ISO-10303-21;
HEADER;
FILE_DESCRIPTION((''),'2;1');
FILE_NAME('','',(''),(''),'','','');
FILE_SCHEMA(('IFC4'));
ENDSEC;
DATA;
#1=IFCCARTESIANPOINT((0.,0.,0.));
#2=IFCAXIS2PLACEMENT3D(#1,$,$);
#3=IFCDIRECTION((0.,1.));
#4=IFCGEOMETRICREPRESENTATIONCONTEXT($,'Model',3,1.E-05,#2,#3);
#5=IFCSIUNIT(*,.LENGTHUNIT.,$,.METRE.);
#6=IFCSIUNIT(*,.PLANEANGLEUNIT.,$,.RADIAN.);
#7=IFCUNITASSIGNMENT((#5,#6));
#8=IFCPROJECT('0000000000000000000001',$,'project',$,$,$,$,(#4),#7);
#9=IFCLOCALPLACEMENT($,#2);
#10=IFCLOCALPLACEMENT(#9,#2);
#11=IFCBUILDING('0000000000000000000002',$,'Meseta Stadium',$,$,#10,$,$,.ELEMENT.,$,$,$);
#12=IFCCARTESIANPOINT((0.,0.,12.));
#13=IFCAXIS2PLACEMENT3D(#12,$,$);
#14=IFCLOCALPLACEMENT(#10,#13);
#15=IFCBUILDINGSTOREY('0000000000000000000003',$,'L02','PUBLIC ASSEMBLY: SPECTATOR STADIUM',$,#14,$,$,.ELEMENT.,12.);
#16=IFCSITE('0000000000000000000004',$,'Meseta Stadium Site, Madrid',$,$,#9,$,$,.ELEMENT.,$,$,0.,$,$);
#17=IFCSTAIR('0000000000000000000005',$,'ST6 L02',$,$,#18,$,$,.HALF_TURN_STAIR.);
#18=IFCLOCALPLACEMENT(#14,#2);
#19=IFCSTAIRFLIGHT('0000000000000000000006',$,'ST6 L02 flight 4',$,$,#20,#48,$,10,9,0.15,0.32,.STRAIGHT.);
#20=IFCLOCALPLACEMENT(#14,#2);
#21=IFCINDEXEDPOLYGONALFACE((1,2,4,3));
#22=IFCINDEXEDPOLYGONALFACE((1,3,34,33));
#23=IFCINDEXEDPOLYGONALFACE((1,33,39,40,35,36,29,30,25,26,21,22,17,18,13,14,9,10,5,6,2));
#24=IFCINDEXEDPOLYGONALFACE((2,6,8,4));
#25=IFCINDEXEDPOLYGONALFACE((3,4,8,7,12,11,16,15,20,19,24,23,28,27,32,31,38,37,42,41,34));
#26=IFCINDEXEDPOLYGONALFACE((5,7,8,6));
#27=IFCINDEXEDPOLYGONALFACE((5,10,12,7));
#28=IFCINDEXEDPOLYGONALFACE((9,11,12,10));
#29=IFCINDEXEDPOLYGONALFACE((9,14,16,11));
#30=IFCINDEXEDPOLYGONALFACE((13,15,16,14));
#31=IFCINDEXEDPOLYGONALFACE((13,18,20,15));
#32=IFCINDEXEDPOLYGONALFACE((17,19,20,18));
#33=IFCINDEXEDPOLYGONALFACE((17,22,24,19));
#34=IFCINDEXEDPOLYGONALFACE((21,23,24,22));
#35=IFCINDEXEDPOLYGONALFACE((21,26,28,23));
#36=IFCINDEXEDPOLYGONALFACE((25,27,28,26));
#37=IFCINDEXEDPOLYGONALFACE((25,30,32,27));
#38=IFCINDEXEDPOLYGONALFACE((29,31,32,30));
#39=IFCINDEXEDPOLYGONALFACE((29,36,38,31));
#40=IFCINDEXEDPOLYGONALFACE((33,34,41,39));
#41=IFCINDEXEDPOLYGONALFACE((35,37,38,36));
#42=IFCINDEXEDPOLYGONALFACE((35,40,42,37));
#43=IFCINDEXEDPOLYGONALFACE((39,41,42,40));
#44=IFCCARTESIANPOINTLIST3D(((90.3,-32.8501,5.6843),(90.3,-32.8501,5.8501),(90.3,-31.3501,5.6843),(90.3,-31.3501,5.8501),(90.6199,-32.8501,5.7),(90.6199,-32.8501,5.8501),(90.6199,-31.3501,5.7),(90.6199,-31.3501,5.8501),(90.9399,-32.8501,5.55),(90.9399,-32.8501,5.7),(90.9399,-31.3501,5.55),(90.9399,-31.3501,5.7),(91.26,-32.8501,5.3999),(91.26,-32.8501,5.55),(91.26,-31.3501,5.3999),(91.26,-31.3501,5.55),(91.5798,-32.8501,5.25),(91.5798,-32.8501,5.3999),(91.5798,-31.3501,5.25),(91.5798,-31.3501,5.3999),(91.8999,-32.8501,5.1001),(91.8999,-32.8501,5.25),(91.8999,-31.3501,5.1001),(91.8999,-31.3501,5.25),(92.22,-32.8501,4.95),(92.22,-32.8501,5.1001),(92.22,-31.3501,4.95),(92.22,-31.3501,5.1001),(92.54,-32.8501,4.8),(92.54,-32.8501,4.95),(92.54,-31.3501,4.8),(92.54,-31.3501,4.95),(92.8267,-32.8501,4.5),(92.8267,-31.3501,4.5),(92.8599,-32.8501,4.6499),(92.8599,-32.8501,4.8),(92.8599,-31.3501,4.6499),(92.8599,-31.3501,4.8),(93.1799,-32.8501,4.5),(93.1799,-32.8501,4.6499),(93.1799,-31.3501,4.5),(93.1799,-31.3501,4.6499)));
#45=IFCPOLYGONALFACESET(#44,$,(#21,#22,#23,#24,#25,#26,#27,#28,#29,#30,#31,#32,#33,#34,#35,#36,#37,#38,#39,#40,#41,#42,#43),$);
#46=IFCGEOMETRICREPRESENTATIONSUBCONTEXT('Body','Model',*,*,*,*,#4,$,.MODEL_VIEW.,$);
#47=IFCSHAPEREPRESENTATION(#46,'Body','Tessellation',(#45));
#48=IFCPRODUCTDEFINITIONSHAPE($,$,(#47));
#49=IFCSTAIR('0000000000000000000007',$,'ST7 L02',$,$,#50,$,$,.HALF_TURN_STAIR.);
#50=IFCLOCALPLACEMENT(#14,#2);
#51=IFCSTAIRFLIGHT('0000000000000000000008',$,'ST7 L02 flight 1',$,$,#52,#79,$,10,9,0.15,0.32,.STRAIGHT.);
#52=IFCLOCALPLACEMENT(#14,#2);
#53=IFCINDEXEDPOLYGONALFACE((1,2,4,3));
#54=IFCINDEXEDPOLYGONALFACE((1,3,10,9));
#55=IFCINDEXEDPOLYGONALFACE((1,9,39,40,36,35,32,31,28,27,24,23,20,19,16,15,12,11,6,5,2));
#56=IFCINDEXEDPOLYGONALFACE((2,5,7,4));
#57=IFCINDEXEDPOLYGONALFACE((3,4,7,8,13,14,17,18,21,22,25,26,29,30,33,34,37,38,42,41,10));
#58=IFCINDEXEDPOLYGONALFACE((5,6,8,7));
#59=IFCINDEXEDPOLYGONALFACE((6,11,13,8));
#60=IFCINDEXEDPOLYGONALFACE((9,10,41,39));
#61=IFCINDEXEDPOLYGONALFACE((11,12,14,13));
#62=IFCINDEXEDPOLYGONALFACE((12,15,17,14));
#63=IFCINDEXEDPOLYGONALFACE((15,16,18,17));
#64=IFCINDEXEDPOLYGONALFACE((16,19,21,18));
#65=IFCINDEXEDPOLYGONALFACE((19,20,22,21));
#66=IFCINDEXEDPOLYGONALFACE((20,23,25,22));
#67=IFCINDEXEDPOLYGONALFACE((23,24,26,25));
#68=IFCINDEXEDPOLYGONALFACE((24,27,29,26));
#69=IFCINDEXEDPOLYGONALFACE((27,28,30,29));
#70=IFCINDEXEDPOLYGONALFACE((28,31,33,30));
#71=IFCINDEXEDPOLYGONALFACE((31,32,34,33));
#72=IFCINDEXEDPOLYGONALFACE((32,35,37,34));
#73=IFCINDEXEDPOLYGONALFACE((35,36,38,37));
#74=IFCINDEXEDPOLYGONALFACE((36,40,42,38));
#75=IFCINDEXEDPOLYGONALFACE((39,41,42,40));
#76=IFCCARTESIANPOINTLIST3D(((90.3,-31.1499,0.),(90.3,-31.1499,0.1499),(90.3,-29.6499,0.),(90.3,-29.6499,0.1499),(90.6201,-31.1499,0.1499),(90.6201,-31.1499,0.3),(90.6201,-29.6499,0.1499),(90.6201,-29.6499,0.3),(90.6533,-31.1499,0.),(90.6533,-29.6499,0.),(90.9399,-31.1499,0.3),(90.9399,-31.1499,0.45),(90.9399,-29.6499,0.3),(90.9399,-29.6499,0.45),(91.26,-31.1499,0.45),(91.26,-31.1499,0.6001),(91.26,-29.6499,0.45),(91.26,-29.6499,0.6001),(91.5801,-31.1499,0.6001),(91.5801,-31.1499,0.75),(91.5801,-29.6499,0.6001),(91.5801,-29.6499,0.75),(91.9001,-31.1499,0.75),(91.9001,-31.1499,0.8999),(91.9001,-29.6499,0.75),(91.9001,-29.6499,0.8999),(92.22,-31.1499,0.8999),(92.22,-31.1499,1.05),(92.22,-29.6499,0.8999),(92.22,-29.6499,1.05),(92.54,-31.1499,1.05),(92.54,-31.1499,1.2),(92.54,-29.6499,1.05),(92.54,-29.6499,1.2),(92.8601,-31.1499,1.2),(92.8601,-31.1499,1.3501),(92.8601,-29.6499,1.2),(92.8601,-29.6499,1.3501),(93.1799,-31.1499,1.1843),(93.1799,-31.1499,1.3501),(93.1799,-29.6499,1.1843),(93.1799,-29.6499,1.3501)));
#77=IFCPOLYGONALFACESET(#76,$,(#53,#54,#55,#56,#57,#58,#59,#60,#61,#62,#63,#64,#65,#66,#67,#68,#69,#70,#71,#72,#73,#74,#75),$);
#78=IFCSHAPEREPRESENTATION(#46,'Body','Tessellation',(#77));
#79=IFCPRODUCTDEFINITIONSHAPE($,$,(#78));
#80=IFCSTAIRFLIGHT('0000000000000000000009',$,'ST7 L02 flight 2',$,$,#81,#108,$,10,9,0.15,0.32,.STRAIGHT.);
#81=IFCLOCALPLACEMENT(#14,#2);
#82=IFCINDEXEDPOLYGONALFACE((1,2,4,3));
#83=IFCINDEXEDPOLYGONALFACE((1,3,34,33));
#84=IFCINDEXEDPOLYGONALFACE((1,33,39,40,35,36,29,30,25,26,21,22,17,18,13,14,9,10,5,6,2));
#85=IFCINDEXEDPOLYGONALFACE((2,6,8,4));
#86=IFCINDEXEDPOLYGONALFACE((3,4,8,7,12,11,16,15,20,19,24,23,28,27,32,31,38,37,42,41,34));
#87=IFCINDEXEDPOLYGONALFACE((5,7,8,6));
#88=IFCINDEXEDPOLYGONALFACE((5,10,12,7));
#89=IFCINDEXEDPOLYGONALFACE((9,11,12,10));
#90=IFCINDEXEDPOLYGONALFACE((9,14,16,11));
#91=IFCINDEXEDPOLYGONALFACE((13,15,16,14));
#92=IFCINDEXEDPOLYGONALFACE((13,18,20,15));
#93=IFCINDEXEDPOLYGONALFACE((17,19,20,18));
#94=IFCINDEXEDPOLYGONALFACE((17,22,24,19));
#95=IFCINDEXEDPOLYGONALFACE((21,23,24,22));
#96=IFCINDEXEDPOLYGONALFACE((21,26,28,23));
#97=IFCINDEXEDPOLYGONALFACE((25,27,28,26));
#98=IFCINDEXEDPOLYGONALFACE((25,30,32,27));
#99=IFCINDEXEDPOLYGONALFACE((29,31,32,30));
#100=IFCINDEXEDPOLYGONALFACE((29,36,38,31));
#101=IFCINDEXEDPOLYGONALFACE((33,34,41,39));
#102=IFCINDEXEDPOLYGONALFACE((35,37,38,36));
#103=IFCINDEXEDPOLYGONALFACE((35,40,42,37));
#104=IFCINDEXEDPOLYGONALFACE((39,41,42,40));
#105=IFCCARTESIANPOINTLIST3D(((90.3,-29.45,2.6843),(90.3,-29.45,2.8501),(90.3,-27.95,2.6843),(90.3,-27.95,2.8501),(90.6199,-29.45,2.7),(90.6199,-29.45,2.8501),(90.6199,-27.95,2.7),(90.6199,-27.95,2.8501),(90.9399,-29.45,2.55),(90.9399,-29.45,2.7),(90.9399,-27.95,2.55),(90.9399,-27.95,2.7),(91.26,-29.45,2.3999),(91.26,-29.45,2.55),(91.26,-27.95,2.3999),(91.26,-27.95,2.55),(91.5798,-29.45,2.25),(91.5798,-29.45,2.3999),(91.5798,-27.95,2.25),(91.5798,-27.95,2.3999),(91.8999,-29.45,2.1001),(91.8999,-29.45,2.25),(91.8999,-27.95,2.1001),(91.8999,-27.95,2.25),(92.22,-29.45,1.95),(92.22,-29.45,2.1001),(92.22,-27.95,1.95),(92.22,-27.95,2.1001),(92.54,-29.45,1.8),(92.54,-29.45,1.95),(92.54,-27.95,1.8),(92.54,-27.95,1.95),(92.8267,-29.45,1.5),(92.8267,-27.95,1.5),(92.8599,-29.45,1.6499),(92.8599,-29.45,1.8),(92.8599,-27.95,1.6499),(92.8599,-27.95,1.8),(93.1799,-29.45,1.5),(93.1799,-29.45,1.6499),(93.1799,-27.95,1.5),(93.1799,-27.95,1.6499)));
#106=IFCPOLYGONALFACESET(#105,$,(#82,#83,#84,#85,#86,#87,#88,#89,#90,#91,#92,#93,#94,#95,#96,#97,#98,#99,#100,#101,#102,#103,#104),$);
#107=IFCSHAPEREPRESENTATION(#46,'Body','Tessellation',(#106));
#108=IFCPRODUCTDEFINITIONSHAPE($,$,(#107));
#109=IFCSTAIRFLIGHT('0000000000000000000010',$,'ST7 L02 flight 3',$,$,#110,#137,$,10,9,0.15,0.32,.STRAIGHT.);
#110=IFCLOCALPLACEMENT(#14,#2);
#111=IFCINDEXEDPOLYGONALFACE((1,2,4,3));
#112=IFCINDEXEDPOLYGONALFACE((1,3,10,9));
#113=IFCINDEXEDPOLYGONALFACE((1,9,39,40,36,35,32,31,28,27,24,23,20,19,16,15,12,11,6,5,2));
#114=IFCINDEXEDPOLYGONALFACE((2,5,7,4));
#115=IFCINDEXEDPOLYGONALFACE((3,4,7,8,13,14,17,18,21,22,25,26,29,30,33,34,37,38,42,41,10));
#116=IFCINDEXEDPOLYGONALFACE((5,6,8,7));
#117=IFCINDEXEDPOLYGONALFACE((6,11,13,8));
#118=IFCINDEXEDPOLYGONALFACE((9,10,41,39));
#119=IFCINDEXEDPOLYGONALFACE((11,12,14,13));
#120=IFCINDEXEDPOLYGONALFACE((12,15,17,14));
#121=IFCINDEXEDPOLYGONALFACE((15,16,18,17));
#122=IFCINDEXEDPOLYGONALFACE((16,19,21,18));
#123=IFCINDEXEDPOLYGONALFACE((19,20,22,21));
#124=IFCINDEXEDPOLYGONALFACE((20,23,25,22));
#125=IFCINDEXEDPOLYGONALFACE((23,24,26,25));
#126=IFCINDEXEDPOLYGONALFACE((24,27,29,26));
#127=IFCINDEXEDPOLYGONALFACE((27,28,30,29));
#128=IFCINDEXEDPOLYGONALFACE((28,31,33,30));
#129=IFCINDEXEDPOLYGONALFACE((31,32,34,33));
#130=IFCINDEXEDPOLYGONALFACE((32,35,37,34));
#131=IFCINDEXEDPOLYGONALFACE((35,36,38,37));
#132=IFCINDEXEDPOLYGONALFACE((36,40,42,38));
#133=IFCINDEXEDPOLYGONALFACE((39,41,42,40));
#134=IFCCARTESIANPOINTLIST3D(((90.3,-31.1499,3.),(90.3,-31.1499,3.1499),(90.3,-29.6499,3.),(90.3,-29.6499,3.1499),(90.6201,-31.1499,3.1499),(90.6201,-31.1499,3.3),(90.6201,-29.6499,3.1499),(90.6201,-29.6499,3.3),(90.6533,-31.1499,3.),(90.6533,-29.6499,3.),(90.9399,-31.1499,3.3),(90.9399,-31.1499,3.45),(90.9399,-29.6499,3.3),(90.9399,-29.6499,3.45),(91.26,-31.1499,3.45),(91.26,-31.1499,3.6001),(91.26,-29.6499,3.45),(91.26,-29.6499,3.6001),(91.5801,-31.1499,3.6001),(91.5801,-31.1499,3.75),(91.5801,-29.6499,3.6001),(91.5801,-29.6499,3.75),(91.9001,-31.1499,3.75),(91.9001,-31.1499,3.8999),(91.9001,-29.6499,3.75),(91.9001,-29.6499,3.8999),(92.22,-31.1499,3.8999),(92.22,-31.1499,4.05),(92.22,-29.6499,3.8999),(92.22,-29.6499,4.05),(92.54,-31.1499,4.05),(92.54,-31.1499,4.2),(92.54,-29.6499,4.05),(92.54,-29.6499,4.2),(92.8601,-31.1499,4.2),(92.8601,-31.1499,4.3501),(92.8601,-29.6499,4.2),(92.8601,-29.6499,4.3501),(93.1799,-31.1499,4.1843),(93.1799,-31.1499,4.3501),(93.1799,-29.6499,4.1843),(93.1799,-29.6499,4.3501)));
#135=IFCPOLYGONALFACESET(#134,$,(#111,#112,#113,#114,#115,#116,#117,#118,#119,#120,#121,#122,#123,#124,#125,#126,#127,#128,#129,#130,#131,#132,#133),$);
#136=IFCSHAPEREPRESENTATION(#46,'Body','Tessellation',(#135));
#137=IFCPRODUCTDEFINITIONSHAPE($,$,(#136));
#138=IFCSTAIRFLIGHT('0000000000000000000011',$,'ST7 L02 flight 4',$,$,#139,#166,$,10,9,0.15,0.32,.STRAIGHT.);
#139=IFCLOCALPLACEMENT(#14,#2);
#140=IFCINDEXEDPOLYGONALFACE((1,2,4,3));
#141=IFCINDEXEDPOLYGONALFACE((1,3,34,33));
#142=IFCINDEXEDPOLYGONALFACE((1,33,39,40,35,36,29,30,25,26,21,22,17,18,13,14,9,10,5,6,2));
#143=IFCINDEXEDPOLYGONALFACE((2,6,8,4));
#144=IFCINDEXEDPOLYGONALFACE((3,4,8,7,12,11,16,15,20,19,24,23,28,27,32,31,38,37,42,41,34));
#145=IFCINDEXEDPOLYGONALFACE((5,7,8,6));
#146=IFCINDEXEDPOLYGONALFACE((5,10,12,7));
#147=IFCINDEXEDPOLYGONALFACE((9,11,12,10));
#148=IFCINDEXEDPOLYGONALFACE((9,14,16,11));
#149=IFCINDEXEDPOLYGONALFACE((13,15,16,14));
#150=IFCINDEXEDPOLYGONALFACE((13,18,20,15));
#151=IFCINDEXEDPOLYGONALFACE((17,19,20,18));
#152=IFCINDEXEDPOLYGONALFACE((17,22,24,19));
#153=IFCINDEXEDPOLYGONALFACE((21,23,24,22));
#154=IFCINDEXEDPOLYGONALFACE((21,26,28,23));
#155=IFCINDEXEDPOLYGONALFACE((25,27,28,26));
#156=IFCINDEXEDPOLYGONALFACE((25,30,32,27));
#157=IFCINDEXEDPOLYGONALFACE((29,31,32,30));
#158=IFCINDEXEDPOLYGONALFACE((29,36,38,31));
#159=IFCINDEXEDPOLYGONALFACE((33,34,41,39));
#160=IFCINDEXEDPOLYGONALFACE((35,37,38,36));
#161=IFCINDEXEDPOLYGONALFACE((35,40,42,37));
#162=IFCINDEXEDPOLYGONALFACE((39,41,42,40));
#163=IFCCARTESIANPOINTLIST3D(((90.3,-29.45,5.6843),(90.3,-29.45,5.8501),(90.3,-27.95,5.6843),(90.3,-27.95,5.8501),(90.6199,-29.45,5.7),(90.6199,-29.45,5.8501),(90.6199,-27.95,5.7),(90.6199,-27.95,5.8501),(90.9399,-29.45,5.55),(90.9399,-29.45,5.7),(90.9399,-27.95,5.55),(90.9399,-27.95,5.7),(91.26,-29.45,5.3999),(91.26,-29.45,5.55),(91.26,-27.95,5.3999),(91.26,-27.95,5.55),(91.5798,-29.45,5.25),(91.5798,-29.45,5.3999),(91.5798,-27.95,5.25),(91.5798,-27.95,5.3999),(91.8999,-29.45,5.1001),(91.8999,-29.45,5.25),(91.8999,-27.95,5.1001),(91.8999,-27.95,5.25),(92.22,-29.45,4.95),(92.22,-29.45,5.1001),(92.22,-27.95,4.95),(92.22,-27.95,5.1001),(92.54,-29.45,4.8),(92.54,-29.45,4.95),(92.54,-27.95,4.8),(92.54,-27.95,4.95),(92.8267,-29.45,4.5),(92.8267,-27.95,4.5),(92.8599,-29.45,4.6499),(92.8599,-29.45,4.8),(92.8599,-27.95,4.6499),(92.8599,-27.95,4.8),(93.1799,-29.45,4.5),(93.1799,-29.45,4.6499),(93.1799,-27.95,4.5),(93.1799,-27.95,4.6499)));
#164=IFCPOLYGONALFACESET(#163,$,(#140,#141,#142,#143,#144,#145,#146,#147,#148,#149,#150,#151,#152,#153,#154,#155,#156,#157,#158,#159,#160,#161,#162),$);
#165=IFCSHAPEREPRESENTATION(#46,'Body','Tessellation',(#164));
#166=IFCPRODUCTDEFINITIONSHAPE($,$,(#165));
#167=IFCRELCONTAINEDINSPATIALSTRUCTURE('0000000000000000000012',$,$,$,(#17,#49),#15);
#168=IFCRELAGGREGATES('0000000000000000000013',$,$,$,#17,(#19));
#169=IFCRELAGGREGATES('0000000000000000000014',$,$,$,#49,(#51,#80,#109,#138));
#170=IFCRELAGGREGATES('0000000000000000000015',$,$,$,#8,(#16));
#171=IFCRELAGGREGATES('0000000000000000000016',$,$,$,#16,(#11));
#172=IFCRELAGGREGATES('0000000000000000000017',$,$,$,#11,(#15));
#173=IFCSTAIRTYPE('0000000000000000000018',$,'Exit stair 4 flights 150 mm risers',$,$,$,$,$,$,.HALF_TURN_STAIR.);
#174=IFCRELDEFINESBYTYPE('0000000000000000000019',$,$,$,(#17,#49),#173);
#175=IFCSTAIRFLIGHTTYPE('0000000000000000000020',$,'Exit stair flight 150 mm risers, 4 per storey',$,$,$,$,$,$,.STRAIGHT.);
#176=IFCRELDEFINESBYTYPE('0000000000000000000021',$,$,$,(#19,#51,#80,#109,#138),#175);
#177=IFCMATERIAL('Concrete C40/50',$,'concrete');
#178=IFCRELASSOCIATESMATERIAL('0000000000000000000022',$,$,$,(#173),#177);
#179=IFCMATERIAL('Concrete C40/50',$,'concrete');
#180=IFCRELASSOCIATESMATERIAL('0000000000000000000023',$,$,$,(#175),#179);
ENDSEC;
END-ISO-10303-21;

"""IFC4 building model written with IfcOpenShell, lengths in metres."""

from ifc_helpers import new_model, si_unit, direction, frame, origin, place, context, subcontext, project, spatial, polyline, outline, extrude, material, type_object, element, aggregate, save


model = new_model("IFC4")

# Units and contexts
model_context = context("Model", 3, precision=1e-05, world=origin(), true_north=direction((0.0, 1.0)))
body_context = subcontext(model_context, "Body", "Model", "MODEL_VIEW")
ifc_project = project(units=[si_unit("LENGTHUNIT", "METRE"), si_unit("PLANEANGLEUNIT", "RADIAN")], contexts=[model_context])

# Site, building, storey
site_placement = place(None, origin())
site = spatial("IfcSite", under=ifc_project, at=site_placement, Name="Meseta Stadium Site, Madrid", CompositionType="ELEMENT", RefElevation=0.0)
building_placement = place(site_placement, origin())
building = spatial("IfcBuilding", under=site, at=building_placement, Name="Meseta Stadium", CompositionType="ELEMENT")
storey_placement = place(building_placement, frame((0.0, 0.0, 12.0)))
storey = spatial("IfcBuildingStorey", under=building, at=storey_placement, Name="L02", Description="PUBLIC ASSEMBLY: SPECTATOR STADIUM", CompositionType="ELEMENT", Elevation=12.0)

# Stairs, stair flights
ifc_material_1 = material(Name="Concrete C40/50", Category="concrete")
stair_type = type_object("IfcStairType", Name="Exit stair 4 flights 150 mm risers", PredefinedType="HALF_TURN_STAIR", material=ifc_material_1)
stair_1_placement = place(storey_placement, origin())
stair_1 = element("IfcStair", 1, at=stair_1_placement, inside=storey, type_object=stair_type, Name="ST6 L02", PredefinedType="HALF_TURN_STAIR")
ifc_material_2 = material(Name="Concrete C40/50", Category="concrete")
stair_flight_type = type_object("IfcStairFlightType", Name="Exit stair flight 150 mm risers, 4 per storey", PredefinedType="STRAIGHT", material=ifc_material_2)
stair_flight_1_placement = place(storey_placement, frame((93.1799, -32.1001, 4.5), z_axis=(0.0, 0.0, 1.0), x_axis=(-1.0, 0.0, 0.0)))
stair_flight_1 = element("IfcStairFlight", 2, at=stair_flight_1_placement, type_object=stair_flight_type, Name="ST6 L02 flight 4", NumberOfRisers=10, NumberOfTreads=9, PredefinedType="STRAIGHT", RiserHeight=0.15, TreadLength=0.32, context=body_context, shape_type="SweptSolid", body=[
    extrude(outline(polyline([(0.0, 0.0), (0.0, 0.1499), (0.3201, 0.1499), (0.3201, 0.3), (0.6399, 0.3), (0.6399, 0.45), (0.96, 0.45), (0.96, 0.6001), (1.28, 0.6001), (1.28, 0.75), (1.6001, 0.75), (1.6001, 0.8999), (1.9199, 0.8999), (1.9199, 1.05), (2.24, 1.05), (2.24, 1.2), (2.5601, 1.2), (2.5601, 1.3501), (2.8799, 1.3501), (2.8799, 1.1843), (0.3533, 0.0), (0.0, 0.0)])), frame((0.0, 0.75, 0.0), z_axis=(0.0, -1.0, 0.0), x_axis=(1.0, 0.0, 0.0)), (0.0, 0.0, 1.0), 1.5),
])
aggregate(stair_1, [stair_flight_1])
stair_2_placement = place(storey_placement, origin())
stair_2 = element("IfcStair", 3, at=stair_2_placement, inside=storey, type_object=stair_type, Name="ST7 L02", PredefinedType="HALF_TURN_STAIR")
stair_flight_2_placement = place(storey_placement, frame((90.3, -30.3999, 0.0), z_axis=(0.0, 0.0, 1.0), x_axis=(1.0, 0.0, 0.0)))
stair_flight_2 = element("IfcStairFlight", 4, at=stair_flight_2_placement, type_object=stair_flight_type, Name="ST7 L02 flight 1", NumberOfRisers=10, NumberOfTreads=9, PredefinedType="STRAIGHT", RiserHeight=0.15, TreadLength=0.32, context=body_context, shape_type="SweptSolid", body=[
    extrude(outline(polyline([(0.0, 0.0), (0.0, 0.1499), (0.3201, 0.1499), (0.3201, 0.3), (0.6399, 0.3), (0.6399, 0.45), (0.96, 0.45), (0.96, 0.6001), (1.28, 0.6001), (1.28, 0.75), (1.6001, 0.75), (1.6001, 0.8999), (1.9199, 0.8999), (1.9199, 1.05), (2.24, 1.05), (2.24, 1.2), (2.5601, 1.2), (2.5601, 1.3501), (2.8799, 1.3501), (2.8799, 1.1843), (0.3533, 0.0), (0.0, 0.0)])), frame((0.0, 0.75, 0.0), z_axis=(0.0, -1.0, 0.0), x_axis=(1.0, 0.0, 0.0)), (0.0, 0.0, 1.0), 1.5),
])
stair_flight_3_placement = place(storey_placement, frame((93.1799, -28.7, 1.5), z_axis=(0.0, 0.0, 1.0), x_axis=(-1.0, 0.0, 0.0)))
stair_flight_3 = element("IfcStairFlight", 5, at=stair_flight_3_placement, type_object=stair_flight_type, Name="ST7 L02 flight 2", NumberOfRisers=10, NumberOfTreads=9, PredefinedType="STRAIGHT", RiserHeight=0.15, TreadLength=0.32, context=body_context, shape_type="SweptSolid", body=[
    extrude(outline(polyline([(0.0, 0.0), (0.0, 0.1499), (0.3201, 0.1499), (0.3201, 0.3), (0.6399, 0.3), (0.6399, 0.45), (0.96, 0.45), (0.96, 0.6001), (1.28, 0.6001), (1.28, 0.75), (1.6001, 0.75), (1.6001, 0.8999), (1.9199, 0.8999), (1.9199, 1.05), (2.24, 1.05), (2.24, 1.2), (2.5601, 1.2), (2.5601, 1.3501), (2.8799, 1.3501), (2.8799, 1.1843), (0.3533, 0.0), (0.0, 0.0)])), frame((0.0, 0.75, 0.0), z_axis=(0.0, -1.0, 0.0), x_axis=(1.0, 0.0, 0.0)), (0.0, 0.0, 1.0), 1.5),
])
stair_flight_4_placement = place(storey_placement, frame((90.3, -30.3999, 3.0), z_axis=(0.0, 0.0, 1.0), x_axis=(1.0, 0.0, 0.0)))
stair_flight_4 = element("IfcStairFlight", 6, at=stair_flight_4_placement, type_object=stair_flight_type, Name="ST7 L02 flight 3", NumberOfRisers=10, NumberOfTreads=9, PredefinedType="STRAIGHT", RiserHeight=0.15, TreadLength=0.32, context=body_context, shape_type="SweptSolid", body=[
    extrude(outline(polyline([(0.0, 0.0), (0.0, 0.1499), (0.3201, 0.1499), (0.3201, 0.3), (0.6399, 0.3), (0.6399, 0.45), (0.96, 0.45), (0.96, 0.6001), (1.28, 0.6001), (1.28, 0.75), (1.6001, 0.75), (1.6001, 0.8999), (1.9199, 0.8999), (1.9199, 1.05), (2.24, 1.05), (2.24, 1.2), (2.5601, 1.2), (2.5601, 1.3501), (2.8799, 1.3501), (2.8799, 1.1843), (0.3533, 0.0), (0.0, 0.0)])), frame((0.0, 0.75, 0.0), z_axis=(0.0, -1.0, 0.0), x_axis=(1.0, 0.0, 0.0)), (0.0, 0.0, 1.0), 1.5),
])
stair_flight_5_placement = place(storey_placement, frame((93.1799, -28.7, 4.5), z_axis=(0.0, 0.0, 1.0), x_axis=(-1.0, 0.0, 0.0)))
stair_flight_5 = element("IfcStairFlight", 7, at=stair_flight_5_placement, type_object=stair_flight_type, Name="ST7 L02 flight 4", NumberOfRisers=10, NumberOfTreads=9, PredefinedType="STRAIGHT", RiserHeight=0.15, TreadLength=0.32, context=body_context, shape_type="SweptSolid", body=[
    extrude(outline(polyline([(0.0, 0.0), (0.0, 0.1499), (0.3201, 0.1499), (0.3201, 0.3), (0.6399, 0.3), (0.6399, 0.45), (0.96, 0.45), (0.96, 0.6001), (1.28, 0.6001), (1.28, 0.75), (1.6001, 0.75), (1.6001, 0.8999), (1.9199, 0.8999), (1.9199, 1.05), (2.24, 1.05), (2.24, 1.2), (2.5601, 1.2), (2.5601, 1.3501), (2.8799, 1.3501), (2.8799, 1.1843), (0.3533, 0.0), (0.0, 0.0)])), frame((0.0, 0.75, 0.0), z_axis=(0.0, -1.0, 0.0), x_axis=(1.0, 0.0, 0.0)), (0.0, 0.0, 1.0), 1.5),
])
aggregate(stair_2, [stair_flight_2, stair_flight_3, stair_flight_4, stair_flight_5])

save(model, "model.ifc")
